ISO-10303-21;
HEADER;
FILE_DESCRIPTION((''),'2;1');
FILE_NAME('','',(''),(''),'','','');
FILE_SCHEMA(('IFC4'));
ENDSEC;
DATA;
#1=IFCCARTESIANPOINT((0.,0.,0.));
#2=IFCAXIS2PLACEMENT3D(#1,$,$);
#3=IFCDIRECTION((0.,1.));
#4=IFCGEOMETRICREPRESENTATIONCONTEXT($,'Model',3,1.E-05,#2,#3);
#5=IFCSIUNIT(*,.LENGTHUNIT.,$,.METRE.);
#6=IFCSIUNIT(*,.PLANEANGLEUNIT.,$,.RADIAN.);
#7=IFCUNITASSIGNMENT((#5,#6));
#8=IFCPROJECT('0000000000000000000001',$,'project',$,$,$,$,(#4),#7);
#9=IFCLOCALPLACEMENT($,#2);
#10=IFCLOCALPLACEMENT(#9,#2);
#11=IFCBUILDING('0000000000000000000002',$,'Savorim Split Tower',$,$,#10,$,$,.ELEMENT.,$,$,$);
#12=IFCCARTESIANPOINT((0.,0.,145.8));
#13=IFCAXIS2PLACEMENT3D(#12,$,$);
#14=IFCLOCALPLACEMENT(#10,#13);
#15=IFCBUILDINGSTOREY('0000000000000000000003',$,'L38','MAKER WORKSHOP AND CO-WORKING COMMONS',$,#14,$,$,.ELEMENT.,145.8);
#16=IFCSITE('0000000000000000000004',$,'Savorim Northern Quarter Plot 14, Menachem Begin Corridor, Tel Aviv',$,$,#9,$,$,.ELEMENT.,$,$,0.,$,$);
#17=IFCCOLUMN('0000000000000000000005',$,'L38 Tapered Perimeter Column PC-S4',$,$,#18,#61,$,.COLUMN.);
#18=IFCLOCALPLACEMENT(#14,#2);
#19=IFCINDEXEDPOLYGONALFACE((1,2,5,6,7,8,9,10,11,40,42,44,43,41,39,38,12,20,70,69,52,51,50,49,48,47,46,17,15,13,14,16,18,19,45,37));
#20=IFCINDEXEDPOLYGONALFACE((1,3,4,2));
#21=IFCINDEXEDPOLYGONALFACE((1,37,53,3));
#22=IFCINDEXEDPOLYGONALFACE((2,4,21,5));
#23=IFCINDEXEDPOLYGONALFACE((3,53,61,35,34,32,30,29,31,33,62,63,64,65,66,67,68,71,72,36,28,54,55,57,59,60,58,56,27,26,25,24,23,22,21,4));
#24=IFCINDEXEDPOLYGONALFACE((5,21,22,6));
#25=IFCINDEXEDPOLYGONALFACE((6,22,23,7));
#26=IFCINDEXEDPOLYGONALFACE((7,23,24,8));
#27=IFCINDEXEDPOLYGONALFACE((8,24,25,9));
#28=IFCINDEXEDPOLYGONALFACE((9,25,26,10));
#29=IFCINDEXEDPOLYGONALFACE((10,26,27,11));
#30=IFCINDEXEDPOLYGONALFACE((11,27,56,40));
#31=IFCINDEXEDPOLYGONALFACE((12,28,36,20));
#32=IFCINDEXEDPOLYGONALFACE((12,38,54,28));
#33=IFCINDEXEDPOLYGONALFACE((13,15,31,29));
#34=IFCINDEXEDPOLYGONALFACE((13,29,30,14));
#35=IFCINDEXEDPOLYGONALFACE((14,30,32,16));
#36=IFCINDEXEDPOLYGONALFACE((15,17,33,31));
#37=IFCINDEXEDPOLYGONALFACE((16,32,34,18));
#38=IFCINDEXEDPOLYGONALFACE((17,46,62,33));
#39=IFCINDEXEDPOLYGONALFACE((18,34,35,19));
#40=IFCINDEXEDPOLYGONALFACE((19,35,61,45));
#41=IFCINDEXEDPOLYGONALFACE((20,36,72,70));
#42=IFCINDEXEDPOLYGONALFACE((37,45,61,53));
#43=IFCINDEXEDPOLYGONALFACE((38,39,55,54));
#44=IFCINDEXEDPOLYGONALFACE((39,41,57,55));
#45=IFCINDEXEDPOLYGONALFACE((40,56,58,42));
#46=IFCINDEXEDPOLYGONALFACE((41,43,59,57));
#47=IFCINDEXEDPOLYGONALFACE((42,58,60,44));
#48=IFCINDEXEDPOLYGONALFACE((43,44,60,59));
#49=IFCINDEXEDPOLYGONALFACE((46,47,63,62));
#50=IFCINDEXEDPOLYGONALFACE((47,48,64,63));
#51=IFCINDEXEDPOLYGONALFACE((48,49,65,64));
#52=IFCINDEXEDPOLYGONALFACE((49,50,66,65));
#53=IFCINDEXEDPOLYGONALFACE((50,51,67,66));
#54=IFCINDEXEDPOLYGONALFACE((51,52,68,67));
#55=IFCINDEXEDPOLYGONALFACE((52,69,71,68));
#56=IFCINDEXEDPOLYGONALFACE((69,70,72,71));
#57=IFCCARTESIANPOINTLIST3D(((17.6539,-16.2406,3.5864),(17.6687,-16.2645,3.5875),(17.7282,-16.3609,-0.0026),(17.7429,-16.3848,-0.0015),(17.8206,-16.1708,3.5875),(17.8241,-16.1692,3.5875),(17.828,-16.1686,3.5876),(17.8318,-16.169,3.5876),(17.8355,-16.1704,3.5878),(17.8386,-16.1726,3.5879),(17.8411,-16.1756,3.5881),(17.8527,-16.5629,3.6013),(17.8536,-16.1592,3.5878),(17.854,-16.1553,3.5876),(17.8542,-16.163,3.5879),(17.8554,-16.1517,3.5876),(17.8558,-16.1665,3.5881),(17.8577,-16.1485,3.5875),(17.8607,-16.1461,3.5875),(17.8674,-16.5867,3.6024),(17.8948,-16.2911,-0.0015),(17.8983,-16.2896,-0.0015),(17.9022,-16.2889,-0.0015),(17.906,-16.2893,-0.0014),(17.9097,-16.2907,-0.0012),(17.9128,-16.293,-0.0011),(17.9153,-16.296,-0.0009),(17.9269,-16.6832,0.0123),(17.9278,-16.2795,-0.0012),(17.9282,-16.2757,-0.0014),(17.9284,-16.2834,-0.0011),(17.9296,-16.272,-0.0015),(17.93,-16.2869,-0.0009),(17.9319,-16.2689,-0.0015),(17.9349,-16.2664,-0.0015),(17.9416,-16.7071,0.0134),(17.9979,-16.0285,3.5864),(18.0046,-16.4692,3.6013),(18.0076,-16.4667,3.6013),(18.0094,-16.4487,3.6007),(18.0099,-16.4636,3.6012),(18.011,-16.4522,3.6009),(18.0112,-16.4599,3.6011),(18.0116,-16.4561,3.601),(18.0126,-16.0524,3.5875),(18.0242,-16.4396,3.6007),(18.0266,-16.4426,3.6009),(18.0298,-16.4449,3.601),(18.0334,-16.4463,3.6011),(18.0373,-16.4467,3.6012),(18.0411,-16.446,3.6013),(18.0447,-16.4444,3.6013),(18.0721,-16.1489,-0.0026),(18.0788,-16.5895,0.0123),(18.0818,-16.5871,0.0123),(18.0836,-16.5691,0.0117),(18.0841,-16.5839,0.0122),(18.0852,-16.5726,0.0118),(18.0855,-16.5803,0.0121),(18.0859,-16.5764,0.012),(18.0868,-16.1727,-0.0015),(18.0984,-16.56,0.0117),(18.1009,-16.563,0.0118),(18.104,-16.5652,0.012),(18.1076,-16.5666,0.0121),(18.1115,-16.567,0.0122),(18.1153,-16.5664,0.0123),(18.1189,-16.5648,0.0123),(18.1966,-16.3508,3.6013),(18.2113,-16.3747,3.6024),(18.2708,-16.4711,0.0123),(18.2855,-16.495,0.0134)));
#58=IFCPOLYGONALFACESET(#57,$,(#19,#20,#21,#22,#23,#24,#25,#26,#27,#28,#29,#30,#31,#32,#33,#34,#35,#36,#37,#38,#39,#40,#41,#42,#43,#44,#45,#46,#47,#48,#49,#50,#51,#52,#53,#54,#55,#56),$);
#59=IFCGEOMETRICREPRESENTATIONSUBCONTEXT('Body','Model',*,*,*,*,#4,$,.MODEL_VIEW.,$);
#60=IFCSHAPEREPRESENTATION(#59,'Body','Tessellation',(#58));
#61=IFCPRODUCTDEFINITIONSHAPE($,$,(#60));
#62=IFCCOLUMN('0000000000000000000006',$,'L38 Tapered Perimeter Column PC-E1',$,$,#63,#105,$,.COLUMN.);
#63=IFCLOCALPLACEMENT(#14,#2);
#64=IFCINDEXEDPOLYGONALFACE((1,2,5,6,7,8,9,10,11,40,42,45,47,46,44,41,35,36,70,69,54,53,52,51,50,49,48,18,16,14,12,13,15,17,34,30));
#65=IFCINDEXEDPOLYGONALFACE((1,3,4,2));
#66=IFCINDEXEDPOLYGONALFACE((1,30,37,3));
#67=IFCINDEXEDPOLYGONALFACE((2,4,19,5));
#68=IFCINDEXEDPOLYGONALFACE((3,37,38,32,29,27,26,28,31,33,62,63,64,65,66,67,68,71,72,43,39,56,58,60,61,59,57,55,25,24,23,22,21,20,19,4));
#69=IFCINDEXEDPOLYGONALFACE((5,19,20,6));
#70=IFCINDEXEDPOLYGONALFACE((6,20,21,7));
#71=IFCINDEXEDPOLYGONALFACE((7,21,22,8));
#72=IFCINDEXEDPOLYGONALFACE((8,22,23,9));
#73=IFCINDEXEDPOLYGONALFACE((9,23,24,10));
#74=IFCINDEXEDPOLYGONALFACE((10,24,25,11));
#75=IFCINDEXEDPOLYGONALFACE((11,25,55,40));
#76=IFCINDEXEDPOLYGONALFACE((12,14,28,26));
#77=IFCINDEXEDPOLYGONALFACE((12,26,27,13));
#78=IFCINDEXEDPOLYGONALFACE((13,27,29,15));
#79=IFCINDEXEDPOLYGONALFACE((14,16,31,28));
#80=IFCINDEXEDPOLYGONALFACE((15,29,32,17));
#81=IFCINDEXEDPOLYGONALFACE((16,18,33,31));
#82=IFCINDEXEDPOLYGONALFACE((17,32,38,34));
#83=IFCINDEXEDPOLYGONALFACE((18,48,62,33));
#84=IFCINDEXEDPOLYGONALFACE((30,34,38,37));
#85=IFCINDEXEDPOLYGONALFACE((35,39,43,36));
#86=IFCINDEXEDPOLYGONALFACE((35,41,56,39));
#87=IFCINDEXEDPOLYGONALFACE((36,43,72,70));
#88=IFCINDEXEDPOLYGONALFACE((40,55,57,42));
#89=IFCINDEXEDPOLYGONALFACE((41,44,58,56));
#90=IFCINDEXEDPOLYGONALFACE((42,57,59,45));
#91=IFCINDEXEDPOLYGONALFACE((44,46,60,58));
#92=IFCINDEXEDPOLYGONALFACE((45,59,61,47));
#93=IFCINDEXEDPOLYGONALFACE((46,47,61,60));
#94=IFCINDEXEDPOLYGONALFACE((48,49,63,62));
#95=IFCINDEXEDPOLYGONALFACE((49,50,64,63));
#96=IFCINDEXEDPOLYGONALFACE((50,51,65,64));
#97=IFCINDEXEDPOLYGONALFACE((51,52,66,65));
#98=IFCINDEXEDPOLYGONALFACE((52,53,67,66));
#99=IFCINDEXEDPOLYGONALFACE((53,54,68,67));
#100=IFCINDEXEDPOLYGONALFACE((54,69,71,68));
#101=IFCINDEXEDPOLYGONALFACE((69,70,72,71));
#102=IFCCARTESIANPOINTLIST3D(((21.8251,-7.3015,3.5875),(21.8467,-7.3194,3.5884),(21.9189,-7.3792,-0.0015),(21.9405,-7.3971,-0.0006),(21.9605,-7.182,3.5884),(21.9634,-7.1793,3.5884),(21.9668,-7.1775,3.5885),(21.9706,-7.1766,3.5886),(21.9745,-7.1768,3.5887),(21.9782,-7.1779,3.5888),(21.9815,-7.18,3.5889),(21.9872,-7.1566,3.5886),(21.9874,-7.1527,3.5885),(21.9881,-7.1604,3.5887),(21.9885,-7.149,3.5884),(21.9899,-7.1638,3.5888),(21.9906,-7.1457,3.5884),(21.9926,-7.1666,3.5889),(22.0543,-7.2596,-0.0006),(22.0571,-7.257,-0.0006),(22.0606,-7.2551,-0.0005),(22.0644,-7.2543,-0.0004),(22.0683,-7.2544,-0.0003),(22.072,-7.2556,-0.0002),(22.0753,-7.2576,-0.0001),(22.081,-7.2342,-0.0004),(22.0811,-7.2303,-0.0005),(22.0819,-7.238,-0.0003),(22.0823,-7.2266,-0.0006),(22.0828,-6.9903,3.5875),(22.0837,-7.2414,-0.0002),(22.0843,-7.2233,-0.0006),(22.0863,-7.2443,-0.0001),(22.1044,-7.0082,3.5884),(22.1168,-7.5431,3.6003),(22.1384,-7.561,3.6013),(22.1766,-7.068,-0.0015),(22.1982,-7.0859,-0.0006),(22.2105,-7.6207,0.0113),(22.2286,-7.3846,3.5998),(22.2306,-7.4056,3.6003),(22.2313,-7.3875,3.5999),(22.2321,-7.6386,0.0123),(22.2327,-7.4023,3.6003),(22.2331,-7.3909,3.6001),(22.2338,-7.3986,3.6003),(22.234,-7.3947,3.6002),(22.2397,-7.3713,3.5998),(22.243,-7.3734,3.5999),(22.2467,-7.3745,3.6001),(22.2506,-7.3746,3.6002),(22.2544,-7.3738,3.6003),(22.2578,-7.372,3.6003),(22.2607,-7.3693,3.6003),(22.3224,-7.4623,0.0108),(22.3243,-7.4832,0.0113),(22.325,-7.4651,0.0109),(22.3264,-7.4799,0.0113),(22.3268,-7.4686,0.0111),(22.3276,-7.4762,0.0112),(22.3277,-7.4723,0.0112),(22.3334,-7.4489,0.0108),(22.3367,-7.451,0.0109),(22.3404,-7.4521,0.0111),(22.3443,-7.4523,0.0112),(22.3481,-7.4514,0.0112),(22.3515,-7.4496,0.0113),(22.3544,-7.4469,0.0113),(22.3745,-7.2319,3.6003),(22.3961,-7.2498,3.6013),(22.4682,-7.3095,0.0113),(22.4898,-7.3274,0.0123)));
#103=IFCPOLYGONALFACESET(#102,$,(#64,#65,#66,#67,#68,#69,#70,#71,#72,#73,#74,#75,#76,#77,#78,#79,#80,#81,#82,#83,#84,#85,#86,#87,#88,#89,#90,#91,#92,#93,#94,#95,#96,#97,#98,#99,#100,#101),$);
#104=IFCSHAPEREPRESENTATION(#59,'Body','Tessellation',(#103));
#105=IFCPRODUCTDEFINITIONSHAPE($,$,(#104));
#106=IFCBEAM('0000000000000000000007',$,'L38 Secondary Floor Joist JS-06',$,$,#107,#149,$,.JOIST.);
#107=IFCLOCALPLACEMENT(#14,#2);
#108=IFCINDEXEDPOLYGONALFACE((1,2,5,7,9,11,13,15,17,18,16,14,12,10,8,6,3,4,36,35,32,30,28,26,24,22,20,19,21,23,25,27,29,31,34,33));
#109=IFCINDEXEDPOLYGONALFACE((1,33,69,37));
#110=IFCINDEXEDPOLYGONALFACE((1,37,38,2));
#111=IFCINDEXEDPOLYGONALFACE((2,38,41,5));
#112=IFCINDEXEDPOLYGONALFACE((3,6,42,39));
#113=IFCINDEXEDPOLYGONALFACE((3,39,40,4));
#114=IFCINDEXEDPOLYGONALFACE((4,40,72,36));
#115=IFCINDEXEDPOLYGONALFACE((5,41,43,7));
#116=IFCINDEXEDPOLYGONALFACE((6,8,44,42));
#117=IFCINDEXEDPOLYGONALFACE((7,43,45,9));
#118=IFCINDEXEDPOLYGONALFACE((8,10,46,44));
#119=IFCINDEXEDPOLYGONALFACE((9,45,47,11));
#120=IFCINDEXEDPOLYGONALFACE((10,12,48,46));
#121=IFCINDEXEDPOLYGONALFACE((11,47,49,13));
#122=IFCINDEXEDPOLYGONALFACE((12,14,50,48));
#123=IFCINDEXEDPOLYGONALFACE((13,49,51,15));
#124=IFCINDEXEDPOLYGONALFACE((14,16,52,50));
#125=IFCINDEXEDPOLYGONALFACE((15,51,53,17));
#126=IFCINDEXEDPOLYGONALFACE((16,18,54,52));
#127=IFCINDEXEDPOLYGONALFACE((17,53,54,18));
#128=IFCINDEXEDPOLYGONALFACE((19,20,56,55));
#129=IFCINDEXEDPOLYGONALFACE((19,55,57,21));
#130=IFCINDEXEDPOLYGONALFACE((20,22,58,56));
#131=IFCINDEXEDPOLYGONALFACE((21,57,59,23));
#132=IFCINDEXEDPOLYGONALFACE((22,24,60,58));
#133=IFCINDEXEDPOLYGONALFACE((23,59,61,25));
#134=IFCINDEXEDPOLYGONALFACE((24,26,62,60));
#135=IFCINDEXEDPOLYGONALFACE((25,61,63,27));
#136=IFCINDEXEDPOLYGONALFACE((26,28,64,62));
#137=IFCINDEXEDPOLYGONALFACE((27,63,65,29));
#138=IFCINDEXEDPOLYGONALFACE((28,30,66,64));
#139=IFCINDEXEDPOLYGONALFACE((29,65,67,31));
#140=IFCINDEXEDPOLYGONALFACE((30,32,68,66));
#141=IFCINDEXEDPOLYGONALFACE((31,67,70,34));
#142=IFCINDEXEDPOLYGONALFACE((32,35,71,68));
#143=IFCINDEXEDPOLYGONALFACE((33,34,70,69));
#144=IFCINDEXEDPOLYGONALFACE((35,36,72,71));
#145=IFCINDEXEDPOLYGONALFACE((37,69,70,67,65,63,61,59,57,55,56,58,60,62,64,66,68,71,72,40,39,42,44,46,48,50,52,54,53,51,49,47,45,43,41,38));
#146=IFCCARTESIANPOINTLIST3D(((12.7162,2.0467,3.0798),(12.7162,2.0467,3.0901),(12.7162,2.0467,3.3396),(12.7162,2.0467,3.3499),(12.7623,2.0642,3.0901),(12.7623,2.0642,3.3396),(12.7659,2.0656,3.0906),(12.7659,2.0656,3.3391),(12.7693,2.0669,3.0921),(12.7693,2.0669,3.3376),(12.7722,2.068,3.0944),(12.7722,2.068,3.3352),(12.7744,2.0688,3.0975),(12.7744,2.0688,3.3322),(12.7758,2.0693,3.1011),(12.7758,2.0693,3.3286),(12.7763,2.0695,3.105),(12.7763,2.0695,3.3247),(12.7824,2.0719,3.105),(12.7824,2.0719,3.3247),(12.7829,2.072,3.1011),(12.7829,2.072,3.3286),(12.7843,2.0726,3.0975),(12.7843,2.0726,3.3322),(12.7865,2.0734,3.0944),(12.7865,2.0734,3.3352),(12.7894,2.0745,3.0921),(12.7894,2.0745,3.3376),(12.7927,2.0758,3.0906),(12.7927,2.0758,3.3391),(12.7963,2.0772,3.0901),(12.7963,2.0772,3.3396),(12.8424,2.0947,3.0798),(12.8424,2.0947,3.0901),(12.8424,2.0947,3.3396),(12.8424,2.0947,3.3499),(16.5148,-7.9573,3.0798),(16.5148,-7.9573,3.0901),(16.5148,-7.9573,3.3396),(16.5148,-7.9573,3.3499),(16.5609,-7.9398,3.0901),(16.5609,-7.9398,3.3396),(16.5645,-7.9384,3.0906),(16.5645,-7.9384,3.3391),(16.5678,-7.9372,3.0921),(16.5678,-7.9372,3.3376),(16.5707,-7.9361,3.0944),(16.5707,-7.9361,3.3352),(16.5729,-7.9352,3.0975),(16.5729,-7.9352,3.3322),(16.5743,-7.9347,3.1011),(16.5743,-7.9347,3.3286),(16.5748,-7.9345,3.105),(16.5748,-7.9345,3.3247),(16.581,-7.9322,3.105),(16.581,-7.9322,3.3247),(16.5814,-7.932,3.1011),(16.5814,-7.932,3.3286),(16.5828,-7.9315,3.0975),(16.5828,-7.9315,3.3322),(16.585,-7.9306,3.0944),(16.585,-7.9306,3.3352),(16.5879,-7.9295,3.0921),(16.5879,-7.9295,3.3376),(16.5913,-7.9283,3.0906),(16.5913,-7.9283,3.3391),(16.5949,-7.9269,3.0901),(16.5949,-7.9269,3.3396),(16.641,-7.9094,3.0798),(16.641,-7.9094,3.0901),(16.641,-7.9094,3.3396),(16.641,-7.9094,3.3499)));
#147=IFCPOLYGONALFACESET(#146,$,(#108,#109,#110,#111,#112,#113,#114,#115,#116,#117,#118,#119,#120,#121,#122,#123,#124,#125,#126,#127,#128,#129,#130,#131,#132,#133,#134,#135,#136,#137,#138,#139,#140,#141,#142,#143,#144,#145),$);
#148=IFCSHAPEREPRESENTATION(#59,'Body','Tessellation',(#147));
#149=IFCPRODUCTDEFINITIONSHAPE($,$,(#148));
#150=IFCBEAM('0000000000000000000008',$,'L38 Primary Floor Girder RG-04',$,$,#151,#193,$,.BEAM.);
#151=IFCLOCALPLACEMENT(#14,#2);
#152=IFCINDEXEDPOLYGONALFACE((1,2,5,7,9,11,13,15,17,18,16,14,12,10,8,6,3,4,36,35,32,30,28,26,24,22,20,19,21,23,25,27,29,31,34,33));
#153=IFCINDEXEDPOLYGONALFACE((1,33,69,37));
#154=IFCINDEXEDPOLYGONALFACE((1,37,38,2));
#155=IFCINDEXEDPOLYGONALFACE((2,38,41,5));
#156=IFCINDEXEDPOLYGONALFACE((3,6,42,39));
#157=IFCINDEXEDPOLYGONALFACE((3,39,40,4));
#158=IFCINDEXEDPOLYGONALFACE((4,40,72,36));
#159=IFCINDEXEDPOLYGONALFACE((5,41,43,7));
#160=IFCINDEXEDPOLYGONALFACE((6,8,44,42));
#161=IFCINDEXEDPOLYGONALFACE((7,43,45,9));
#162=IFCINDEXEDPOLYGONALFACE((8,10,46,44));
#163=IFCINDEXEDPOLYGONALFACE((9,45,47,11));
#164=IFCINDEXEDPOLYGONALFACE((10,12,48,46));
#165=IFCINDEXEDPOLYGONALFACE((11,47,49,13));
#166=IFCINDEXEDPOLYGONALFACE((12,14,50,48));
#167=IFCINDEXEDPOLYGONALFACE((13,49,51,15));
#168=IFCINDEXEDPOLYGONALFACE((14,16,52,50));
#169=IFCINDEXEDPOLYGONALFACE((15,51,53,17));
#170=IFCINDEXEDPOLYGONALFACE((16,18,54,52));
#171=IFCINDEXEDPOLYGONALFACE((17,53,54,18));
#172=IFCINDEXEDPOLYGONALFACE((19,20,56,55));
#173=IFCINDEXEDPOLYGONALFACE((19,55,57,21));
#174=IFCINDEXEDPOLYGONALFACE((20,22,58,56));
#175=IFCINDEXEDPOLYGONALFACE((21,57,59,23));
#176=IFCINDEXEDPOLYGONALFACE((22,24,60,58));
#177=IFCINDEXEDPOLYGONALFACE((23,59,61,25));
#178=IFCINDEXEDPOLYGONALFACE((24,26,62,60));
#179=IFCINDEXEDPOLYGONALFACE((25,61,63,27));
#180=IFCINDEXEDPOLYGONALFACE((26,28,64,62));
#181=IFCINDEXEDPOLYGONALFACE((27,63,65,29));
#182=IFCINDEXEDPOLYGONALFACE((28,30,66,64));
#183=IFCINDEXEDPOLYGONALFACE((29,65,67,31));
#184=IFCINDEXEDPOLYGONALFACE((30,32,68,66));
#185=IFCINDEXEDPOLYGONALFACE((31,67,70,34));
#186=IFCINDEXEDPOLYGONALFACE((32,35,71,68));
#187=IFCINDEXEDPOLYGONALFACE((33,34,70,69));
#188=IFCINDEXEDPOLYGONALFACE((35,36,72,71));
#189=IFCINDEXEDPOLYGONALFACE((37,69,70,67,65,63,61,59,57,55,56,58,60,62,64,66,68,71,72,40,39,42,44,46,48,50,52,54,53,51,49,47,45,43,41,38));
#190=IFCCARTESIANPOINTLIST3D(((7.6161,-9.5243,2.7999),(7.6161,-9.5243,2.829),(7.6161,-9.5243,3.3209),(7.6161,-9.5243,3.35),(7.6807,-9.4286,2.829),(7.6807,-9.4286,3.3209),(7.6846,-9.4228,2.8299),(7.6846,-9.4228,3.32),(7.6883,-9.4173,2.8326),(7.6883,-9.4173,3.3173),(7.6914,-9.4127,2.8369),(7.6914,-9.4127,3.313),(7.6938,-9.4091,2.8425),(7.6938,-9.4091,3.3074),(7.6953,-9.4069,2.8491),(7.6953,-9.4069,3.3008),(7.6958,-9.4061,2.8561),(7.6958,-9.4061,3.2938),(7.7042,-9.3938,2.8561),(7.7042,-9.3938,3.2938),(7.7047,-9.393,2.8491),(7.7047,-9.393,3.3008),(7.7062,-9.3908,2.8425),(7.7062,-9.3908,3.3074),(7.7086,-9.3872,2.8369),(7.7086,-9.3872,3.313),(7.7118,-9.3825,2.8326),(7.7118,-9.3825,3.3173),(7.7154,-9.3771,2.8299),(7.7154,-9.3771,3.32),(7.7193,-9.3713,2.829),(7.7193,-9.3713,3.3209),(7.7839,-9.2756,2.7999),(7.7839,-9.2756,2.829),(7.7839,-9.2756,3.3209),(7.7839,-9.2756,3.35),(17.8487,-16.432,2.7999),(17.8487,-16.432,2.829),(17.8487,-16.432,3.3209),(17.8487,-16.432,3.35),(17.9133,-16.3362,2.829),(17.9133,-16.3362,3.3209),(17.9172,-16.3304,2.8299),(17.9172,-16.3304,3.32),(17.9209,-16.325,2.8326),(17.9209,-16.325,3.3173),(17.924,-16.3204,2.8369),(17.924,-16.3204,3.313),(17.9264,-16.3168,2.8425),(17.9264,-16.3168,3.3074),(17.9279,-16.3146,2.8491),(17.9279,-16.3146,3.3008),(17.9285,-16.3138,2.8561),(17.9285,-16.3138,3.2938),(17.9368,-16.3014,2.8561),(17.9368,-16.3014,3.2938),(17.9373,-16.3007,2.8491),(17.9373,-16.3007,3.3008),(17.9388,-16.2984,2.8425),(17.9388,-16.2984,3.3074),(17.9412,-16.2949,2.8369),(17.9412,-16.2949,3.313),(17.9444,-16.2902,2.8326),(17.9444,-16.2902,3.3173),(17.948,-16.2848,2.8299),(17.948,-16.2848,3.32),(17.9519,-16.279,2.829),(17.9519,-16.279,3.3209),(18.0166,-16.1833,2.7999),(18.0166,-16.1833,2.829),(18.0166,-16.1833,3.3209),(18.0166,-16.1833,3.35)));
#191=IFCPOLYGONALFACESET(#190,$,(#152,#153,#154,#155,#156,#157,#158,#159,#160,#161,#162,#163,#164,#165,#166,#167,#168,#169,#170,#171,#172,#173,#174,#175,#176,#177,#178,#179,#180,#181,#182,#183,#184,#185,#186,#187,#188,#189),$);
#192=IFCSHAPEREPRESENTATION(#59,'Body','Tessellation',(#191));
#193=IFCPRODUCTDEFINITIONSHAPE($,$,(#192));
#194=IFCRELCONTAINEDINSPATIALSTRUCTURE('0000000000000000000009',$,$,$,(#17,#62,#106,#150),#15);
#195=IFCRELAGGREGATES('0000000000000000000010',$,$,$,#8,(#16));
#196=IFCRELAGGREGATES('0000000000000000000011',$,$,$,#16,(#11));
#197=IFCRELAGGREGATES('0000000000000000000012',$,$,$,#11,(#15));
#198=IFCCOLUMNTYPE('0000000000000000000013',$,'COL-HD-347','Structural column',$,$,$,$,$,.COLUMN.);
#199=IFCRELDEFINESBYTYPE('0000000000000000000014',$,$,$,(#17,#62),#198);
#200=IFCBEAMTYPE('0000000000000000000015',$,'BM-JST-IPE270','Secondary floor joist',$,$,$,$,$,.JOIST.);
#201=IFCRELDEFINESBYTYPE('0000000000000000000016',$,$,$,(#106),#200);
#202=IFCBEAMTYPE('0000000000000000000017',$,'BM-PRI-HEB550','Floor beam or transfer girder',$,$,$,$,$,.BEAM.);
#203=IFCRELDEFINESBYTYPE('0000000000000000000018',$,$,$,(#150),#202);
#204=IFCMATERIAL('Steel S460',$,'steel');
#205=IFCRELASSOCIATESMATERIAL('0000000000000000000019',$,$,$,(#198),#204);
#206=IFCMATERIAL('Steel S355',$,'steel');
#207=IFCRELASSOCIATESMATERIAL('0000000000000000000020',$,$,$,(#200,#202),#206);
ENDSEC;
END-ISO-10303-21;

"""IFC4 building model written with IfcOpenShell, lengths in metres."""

from ifc_helpers import new_model, si_unit, direction, frame, origin, origin_2d, place, context, subcontext, project, spatial, i_section, extrude, material, material_profile, profile_set, type_object, element, save


model = new_model("IFC4")

# Units and contexts
model_context = context("Model", 3, precision=1e-05, world=origin(), true_north=direction((0.0, 1.0)))
body_context = subcontext(model_context, "Body", "Model", "MODEL_VIEW")
ifc_project = project(units=[si_unit("LENGTHUNIT", "METRE"), si_unit("PLANEANGLEUNIT", "RADIAN")], contexts=[model_context])

# Site, building, storey
site_placement = place(None, origin())
site = spatial("IfcSite", under=ifc_project, at=site_placement, Name="Savorim Northern Quarter Plot 14, Menachem Begin Corridor, Tel Aviv", CompositionType="ELEMENT", RefElevation=0.0)
building_placement = place(site_placement, origin())
building = spatial("IfcBuilding", under=site, at=building_placement, Name="Savorim Split Tower", CompositionType="ELEMENT")
storey_placement = place(building_placement, frame((0.0, 0.0, 145.8)))
storey = spatial("IfcBuildingStorey", under=building, at=storey_placement, Name="L38", Description="MAKER WORKSHOP AND CO-WORKING COMMONS", CompositionType="ELEMENT", Elevation=145.8)

# Columns
ifc_material_1 = material(Name="Steel S460", Category="steel")
ifc_material_profile_1 = material_profile(ifc_material_1, i_section(OverallWidth=0.4041, OverallDepth=0.407, WebThickness=0.0173, FlangeThickness=0.0281, FilletRadius=0.0149, at=origin_2d()), Name="HD 400x347")
ifc_profile_set_1 = profile_set([ifc_material_profile_1], Name="Steel S460")
column_type = type_object("IfcColumnType", Name="COL-HD-347", Description="Structural column", PredefinedType="COLUMN", material=ifc_profile_set_1)
column_1_placement = place(storey_placement, frame((18.0068, -16.428, 0.0054), z_axis=(-0.020663, 0.033509, 0.999225), x_axis=(-0.851184, -0.524868, 0.0)))
element("IfcColumn", 1, at=column_1_placement, inside=storey, type_object=column_type, Name="L38 Tapered Perimeter Column PC-S4", PredefinedType="COLUMN", context=body_context, shape_type="SweptSolid", body=[
    extrude(i_section(OverallWidth=0.4041, OverallDepth=0.407, WebThickness=0.0173, FlangeThickness=0.0281, FilletRadius=0.0149, at=origin_2d()), origin(), (0.0, 0.0, 1.0), 3.5918),
])
column_2_placement = place(storey_placement, frame((22.2043, -7.3533, 0.0054), z_axis=(-0.026106, 0.021619, 0.999425), x_axis=(-0.637814, -0.77019, 0.0)))
element("IfcColumn", 2, at=column_2_placement, inside=storey, type_object=column_type, Name="L38 Tapered Perimeter Column PC-E1", PredefinedType="COLUMN", context=body_context, shape_type="SweptSolid", body=[
    extrude(i_section(OverallWidth=0.4041, OverallDepth=0.407, WebThickness=0.0173, FlangeThickness=0.0281, FilletRadius=0.0149, at=origin_2d()), origin(), (0.0, 0.0, 1.0), 3.5911),
])

# Beams
ifc_material_2 = material(Name="Steel S355", Category="steel")
ifc_material_profile_2 = material_profile(ifc_material_2, i_section(OverallWidth=0.135, OverallDepth=0.27, WebThickness=0.0066, FlangeThickness=0.0103, FilletRadius=0.0149, at=origin_2d()), Name="IPE 270")
ifc_profile_set_2 = profile_set([ifc_material_profile_2], Name="Steel S355")
beam_type_1 = type_object("IfcBeamType", Name="BM-JST-IPE270", Description="Secondary floor joist", PredefinedType="JOIST", material=ifc_profile_set_2)
beam_1_placement = place(storey_placement, frame((16.5779, -7.9333, 3.2148), z_axis=(-0.354973, 0.934876, 0.0), x_axis=(-0.934876, -0.354973, 0.0)))
element("IfcBeam", 3, at=beam_1_placement, inside=storey, type_object=beam_type_1, Name="L38 Secondary Floor Joist JS-06", PredefinedType="JOIST", context=body_context, shape_type="SweptSolid", body=[
    extrude(i_section(OverallWidth=0.135, OverallDepth=0.27, WebThickness=0.0066, FlangeThickness=0.0103, FilletRadius=0.0149, at=origin_2d()), origin(), (0.0, 0.0, 1.0), 10.7009),
])
ifc_material_profile_3 = material_profile(ifc_material_2, i_section(OverallWidth=0.3, OverallDepth=0.55, WebThickness=0.0149, FlangeThickness=0.0291, FilletRadius=0.0271, at=origin_2d()), Name="HEB 550")
ifc_profile_set_3 = profile_set([ifc_material_profile_3], Name="Steel S355")
beam_type_2 = type_object("IfcBeamType", Name="BM-PRI-HEB550", Description="Floor beam or transfer girder", PredefinedType="BEAM", material=ifc_profile_set_3)
beam_2_placement = place(storey_placement, frame((17.9326, -16.3076, 3.075), z_axis=(-0.828824, 0.55951, 0.0), x_axis=(-0.55951, -0.828824, 0.0)))
element("IfcBeam", 4, at=beam_2_placement, inside=storey, type_object=beam_type_2, Name="L38 Primary Floor Girder RG-04", PredefinedType="BEAM", context=body_context, shape_type="SweptSolid", body=[
    extrude(i_section(OverallWidth=0.3, OverallDepth=0.55, WebThickness=0.0149, FlangeThickness=0.0291, FilletRadius=0.0271, at=origin_2d()), origin(), (0.0, 0.0, 1.0), 12.3459),
])

save(model, "model.ifc")
